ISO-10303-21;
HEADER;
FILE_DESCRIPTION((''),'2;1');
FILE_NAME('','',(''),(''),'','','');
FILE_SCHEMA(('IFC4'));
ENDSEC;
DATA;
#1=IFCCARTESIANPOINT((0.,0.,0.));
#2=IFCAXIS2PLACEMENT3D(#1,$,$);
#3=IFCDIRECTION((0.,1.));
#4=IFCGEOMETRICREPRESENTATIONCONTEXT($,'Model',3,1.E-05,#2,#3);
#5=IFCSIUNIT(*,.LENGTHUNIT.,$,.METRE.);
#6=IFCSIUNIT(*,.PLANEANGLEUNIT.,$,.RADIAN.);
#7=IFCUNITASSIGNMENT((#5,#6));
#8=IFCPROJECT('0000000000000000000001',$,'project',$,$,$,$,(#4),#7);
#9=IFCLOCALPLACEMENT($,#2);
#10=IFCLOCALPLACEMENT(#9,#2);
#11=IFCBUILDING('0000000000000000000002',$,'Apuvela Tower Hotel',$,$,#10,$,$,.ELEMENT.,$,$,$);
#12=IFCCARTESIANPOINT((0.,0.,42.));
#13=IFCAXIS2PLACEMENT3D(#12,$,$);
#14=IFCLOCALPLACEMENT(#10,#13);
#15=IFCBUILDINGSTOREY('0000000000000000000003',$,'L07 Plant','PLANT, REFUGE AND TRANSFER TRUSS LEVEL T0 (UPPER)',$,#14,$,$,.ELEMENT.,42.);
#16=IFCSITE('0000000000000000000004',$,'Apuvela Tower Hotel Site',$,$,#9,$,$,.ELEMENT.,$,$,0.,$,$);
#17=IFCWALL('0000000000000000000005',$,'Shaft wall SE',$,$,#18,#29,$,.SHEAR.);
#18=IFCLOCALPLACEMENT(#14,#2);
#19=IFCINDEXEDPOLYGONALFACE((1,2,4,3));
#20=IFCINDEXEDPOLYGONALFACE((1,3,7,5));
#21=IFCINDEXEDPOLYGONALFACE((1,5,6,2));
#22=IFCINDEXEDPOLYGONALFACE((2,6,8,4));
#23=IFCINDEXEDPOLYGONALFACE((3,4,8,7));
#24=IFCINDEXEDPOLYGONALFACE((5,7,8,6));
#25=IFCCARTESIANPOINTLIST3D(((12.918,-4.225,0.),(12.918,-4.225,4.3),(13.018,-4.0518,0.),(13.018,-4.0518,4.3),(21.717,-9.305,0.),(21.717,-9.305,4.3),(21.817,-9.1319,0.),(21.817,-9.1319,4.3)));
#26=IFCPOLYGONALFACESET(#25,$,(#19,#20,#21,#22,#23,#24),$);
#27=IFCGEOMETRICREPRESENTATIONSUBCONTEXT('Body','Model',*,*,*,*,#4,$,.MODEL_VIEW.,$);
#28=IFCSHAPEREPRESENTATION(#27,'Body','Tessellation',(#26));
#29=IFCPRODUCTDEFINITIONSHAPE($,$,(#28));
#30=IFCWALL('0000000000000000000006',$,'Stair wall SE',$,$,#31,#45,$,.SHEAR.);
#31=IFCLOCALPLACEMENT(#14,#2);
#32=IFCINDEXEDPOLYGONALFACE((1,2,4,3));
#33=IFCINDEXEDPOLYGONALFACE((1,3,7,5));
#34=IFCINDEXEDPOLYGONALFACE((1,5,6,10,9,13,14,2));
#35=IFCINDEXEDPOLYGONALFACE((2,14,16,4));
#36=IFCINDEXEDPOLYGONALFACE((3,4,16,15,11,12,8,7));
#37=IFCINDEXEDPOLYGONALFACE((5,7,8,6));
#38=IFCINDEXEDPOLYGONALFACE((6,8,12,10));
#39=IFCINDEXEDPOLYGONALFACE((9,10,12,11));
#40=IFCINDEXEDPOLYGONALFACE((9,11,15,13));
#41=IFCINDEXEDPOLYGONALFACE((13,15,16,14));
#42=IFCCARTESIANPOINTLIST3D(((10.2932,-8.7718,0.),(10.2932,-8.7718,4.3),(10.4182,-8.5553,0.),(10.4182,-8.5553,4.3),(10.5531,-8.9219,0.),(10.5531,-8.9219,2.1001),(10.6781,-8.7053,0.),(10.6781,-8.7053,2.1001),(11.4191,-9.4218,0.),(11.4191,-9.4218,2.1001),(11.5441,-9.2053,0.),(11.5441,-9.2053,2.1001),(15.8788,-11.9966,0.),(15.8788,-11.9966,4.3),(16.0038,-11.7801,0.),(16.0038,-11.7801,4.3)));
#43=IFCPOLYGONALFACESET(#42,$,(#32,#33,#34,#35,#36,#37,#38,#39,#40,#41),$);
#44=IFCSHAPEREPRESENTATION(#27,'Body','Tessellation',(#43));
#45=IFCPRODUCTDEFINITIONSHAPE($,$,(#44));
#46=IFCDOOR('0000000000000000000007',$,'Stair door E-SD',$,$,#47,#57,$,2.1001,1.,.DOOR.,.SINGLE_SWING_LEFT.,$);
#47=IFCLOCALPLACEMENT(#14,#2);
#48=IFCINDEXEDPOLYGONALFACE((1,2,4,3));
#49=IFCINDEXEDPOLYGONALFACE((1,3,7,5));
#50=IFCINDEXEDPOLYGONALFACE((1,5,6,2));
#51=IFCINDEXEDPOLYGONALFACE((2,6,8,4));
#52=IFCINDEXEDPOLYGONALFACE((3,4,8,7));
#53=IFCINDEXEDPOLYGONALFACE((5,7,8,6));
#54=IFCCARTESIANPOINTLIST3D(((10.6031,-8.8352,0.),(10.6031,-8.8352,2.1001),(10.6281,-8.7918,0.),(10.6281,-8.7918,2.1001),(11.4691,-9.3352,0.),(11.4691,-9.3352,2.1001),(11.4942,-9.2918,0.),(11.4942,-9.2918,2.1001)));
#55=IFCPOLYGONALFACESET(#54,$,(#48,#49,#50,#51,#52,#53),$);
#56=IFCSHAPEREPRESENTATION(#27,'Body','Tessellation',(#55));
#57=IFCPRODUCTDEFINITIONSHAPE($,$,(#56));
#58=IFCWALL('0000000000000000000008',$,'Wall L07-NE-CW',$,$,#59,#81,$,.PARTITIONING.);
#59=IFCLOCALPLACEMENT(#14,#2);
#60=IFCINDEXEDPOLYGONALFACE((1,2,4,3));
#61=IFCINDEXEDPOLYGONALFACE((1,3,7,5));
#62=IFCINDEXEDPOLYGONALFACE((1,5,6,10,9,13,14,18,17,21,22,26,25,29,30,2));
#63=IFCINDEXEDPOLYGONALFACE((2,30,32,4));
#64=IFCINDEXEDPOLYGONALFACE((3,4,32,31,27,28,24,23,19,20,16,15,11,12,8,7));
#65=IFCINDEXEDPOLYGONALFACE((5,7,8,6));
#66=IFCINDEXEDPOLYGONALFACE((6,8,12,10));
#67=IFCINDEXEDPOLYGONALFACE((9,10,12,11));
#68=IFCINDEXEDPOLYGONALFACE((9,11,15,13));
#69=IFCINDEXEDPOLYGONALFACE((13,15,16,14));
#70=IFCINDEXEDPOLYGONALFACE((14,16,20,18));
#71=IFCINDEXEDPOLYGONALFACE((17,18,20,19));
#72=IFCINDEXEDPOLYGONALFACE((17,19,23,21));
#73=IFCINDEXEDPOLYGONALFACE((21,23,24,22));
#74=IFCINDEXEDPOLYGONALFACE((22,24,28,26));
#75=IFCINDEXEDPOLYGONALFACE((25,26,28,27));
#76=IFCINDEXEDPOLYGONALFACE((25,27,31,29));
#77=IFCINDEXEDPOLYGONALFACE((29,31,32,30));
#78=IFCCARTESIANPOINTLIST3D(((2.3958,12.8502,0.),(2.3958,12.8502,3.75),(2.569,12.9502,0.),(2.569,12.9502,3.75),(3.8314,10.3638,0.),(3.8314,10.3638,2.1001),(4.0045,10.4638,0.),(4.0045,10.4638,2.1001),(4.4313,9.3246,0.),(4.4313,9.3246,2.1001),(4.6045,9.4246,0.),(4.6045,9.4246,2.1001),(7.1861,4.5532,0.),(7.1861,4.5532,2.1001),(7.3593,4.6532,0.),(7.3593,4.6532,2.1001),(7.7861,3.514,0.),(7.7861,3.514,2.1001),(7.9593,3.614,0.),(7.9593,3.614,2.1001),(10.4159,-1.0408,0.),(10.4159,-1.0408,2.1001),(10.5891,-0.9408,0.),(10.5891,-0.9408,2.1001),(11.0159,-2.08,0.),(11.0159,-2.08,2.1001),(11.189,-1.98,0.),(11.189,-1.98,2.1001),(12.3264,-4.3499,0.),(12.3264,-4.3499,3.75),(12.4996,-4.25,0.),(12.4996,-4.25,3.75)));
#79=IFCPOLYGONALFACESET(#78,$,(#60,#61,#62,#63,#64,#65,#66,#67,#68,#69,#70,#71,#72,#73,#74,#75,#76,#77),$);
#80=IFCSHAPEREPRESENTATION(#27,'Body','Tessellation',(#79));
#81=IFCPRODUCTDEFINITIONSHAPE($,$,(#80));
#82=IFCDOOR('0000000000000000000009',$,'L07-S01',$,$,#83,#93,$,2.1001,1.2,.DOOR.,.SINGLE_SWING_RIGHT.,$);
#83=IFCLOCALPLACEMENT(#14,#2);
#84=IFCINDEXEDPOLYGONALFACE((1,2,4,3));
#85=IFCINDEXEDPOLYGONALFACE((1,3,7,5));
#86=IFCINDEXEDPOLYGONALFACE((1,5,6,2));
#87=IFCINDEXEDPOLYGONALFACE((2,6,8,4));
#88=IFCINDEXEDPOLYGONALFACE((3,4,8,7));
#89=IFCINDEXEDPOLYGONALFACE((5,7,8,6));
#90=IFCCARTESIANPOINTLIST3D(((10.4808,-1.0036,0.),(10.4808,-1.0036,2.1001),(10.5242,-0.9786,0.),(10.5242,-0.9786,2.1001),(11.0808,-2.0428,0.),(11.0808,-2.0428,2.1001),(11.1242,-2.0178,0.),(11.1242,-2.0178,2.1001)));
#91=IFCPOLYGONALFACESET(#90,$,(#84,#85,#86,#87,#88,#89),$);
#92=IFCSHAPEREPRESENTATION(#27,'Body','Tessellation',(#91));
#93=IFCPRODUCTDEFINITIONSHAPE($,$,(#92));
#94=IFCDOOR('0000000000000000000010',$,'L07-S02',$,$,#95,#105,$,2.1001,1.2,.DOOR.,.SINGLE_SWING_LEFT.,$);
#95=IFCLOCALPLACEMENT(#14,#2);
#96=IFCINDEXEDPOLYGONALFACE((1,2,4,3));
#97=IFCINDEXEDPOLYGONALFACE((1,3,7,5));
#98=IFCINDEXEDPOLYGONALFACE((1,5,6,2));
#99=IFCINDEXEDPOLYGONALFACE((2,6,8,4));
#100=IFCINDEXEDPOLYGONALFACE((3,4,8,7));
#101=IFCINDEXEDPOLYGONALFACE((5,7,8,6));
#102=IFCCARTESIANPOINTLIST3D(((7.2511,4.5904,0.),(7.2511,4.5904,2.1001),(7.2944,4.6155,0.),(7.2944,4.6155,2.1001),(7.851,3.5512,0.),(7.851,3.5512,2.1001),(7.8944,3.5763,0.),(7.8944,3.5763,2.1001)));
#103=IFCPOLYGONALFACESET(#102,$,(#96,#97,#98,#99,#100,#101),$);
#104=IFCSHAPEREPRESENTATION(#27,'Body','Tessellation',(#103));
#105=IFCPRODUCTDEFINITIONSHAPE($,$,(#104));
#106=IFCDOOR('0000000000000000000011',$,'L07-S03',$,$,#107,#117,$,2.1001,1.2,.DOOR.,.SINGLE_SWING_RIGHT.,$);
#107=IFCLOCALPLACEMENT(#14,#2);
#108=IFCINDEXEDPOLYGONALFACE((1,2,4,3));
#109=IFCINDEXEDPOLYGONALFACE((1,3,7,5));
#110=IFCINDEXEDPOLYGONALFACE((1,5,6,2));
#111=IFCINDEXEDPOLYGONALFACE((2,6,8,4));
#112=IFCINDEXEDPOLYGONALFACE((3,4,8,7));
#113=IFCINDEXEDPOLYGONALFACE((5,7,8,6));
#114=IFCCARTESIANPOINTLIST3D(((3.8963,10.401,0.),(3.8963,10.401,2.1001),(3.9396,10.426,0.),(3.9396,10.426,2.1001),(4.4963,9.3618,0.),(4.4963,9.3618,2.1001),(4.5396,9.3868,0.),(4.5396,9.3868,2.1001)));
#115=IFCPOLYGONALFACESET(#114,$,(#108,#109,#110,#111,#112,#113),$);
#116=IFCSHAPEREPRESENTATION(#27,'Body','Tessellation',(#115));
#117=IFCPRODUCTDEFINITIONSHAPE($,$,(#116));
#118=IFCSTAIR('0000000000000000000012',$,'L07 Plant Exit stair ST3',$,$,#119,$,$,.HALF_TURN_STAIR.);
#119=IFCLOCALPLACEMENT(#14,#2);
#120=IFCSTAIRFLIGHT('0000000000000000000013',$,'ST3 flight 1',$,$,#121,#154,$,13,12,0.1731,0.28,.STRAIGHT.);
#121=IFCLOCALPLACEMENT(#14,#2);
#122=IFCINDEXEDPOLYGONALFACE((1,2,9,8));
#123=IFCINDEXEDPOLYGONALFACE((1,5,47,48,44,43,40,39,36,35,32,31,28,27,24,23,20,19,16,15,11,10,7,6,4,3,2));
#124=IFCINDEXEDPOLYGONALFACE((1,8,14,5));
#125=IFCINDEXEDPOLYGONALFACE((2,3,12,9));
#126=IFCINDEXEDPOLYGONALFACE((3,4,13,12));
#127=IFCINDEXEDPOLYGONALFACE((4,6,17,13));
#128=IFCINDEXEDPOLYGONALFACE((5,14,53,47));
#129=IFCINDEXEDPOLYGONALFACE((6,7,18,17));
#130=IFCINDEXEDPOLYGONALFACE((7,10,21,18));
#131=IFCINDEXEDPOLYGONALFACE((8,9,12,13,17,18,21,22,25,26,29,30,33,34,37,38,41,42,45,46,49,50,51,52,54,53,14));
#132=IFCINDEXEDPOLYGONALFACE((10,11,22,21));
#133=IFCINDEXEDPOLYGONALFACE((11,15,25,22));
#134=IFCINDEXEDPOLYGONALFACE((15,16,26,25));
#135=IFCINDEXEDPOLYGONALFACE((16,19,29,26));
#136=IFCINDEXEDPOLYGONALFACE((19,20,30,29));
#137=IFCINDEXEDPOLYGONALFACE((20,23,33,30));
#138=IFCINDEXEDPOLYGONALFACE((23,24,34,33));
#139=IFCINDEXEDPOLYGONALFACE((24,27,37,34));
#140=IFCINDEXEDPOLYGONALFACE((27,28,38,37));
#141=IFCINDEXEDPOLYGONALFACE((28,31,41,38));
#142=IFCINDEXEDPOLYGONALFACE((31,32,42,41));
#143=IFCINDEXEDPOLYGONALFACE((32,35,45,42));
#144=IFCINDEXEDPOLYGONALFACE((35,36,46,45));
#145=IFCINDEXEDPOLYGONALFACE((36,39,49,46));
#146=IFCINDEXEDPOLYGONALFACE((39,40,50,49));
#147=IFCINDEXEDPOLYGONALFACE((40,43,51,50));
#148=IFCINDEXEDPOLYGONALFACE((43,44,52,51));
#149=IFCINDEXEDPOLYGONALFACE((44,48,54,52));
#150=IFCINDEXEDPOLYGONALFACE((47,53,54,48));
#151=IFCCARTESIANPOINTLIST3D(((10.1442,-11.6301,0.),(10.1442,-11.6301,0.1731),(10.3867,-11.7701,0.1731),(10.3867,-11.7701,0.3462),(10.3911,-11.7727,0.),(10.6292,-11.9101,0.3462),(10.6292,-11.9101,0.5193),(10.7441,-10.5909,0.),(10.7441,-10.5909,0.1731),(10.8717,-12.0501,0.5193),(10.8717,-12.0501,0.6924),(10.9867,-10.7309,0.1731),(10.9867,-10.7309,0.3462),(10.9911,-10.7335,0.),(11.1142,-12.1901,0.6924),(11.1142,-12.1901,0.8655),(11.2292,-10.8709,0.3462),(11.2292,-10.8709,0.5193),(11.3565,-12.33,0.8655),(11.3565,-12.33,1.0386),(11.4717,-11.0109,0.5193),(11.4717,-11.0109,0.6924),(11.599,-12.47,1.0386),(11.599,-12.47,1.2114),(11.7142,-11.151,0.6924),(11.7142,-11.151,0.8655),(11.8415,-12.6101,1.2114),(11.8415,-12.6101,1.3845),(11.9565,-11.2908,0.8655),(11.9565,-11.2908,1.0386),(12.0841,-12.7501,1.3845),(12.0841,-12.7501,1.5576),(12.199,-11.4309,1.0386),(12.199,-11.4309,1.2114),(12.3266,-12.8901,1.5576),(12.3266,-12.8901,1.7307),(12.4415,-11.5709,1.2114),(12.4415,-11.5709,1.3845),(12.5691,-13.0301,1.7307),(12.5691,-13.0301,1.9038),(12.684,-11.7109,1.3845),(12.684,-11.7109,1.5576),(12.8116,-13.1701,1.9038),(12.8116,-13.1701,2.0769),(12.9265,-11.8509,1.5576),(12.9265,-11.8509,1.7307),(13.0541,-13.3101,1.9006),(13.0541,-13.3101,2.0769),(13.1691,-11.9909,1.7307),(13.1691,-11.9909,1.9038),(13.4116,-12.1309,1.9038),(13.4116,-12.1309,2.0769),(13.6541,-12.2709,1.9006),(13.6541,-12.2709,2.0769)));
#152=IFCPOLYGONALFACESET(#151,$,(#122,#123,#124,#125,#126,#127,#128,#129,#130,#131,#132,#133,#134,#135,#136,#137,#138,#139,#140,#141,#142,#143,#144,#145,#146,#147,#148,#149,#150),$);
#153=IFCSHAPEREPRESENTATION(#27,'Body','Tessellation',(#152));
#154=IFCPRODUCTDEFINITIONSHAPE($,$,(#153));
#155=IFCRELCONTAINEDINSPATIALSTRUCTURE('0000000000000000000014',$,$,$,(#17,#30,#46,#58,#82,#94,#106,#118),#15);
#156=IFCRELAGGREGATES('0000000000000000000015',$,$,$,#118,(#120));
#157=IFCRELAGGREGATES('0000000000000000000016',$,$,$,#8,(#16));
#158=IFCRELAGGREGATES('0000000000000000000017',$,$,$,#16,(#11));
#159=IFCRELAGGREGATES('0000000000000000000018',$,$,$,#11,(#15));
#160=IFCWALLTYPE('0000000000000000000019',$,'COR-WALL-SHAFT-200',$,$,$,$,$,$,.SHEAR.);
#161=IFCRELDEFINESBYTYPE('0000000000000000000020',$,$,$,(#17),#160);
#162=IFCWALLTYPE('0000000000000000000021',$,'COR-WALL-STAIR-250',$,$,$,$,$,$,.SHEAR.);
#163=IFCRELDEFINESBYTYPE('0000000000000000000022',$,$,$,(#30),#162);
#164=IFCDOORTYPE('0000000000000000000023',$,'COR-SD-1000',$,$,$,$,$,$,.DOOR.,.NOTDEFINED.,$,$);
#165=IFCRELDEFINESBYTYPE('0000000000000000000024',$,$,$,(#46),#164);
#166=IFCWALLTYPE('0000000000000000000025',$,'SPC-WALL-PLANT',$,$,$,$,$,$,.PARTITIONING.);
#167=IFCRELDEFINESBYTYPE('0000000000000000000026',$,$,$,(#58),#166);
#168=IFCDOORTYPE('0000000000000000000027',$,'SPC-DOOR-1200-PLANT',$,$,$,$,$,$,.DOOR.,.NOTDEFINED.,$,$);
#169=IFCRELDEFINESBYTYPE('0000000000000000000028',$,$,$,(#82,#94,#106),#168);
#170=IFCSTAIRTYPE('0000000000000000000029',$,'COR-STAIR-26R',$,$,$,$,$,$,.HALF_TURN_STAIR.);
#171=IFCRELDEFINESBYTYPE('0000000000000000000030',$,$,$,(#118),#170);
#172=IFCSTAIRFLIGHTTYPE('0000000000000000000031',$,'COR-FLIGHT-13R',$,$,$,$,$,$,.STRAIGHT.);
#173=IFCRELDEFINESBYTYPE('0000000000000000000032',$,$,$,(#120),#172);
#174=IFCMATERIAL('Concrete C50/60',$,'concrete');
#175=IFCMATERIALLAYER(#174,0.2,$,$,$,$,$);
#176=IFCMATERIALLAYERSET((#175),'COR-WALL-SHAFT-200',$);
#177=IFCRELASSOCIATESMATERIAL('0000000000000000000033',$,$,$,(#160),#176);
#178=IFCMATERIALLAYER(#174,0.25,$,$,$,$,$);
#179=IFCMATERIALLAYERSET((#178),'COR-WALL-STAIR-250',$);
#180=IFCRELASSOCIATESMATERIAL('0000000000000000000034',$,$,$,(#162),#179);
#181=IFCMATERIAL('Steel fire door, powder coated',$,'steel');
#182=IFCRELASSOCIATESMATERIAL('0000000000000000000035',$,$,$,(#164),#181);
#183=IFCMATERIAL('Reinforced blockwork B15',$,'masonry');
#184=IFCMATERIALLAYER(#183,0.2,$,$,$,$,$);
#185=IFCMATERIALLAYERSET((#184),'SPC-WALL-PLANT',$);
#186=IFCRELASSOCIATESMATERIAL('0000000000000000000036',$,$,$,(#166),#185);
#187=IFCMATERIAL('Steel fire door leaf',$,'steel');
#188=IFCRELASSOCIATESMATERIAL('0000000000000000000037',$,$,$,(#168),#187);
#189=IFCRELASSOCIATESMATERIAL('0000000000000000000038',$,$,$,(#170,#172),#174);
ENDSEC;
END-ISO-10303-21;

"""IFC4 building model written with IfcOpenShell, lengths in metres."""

from ifc_helpers import new_model, si_unit, direction, frame, frame_2d, origin, place, context, subcontext, project, spatial, polyline, rectangle, outline, extrude, material, layer, layer_set, type_object, element, fill, aggregate, save


model = new_model("IFC4")

# Units and contexts
model_context = context("Model", 3, precision=1e-05, world=origin(), true_north=direction((0.0, 1.0)))
body_context = subcontext(model_context, "Body", "Model", "MODEL_VIEW")
ifc_project = project(units=[si_unit("LENGTHUNIT", "METRE"), si_unit("PLANEANGLEUNIT", "RADIAN")], contexts=[model_context])

# Site, building, storey
site_placement = place(None, origin())
site = spatial("IfcSite", under=ifc_project, at=site_placement, Name="Apuvela Tower Hotel Site", CompositionType="ELEMENT", RefElevation=0.0)
building_placement = place(site_placement, origin())
building = spatial("IfcBuilding", under=site, at=building_placement, Name="Apuvela Tower Hotel", CompositionType="ELEMENT")
storey_placement = place(building_placement, frame((0.0, 0.0, 42.0)))
storey = spatial("IfcBuildingStorey", under=building, at=storey_placement, Name="L07 Plant", Description="PLANT, REFUGE AND TRANSFER TRUSS LEVEL T0 (UPPER)", CompositionType="ELEMENT", Elevation=42.0)

# Shared definitions
ifc_material_1 = material(Name="Concrete C50/60", Category="concrete")
ifc_material_2 = material(Name="Steel fire door, powder coated", Category="steel")

# Shared definitions
ifc_layer_1 = layer(ifc_material_1, 0.2)
ifc_layer_set_1 = layer_set([ifc_layer_1], Name="COR-WALL-SHAFT-200")
wall_type_1 = type_object("IfcWallType", Name="COR-WALL-SHAFT-200", PredefinedType="SHEAR", material=ifc_layer_set_1)

# Wall
wall_1_placement = place(storey_placement, frame((12.968, -4.1384, 0.0), z_axis=(0.0, 0.0, 1.0), x_axis=(0.866028, -0.499995, 0.0)))
element("IfcWall", 1, at=wall_1_placement, inside=storey, type_object=wall_type_1, Name="Shaft wall SE", PredefinedType="SHEAR", context=body_context, shape_type="SweptSolid", body=[
    extrude(rectangle(XDim=10.1602, YDim=0.2, at=frame_2d((5.0801, 0.0))), origin(), (0.0, 0.0, 1.0), 4.3),
])

# Wall, opening, door
ifc_layer_2 = layer(ifc_material_1, 0.25)
ifc_layer_set_2 = layer_set([ifc_layer_2], Name="COR-WALL-STAIR-250")
wall_type_2 = type_object("IfcWallType", Name="COR-WALL-STAIR-250", PredefinedType="SHEAR", material=ifc_layer_set_2)
wall_2_placement = place(storey_placement, frame((10.3557, -8.6636, 0.0), z_axis=(0.0, 0.0, 1.0), x_axis=(0.866029, -0.499994, 0.0)))
wall_2 = element("IfcWall", 2, at=wall_2_placement, inside=storey, type_object=wall_type_2, Name="Stair wall SE", PredefinedType="SHEAR", context=body_context, shape_type="SweptSolid", body=[
    extrude(rectangle(XDim=6.4497, YDim=0.25, at=frame_2d((3.2249, 0.0))), origin(), (0.0, 0.0, 1.0), 4.3),
])
opening_1_placement = place(wall_2_placement, frame((0.3, 0.0, 0.0)))
opening_1 = element("IfcOpeningElement", 3, at=opening_1_placement, cuts=wall_2, PredefinedType="OPENING", context=body_context, shape_type="SweptSolid", body=[
    extrude(rectangle(XDim=1.0, YDim=2.1001, at=frame_2d((0.5, 1.05))), frame((0.0, 0.135, 0.0), z_axis=(0.0, -1.0, 0.0), x_axis=(1.0, 0.0, 0.0)), (0.0, 0.0, 1.0), 0.27),
])
door_type_1 = type_object("IfcDoorType", Name="COR-SD-1000", OperationType="NOTDEFINED", PredefinedType="DOOR", material=ifc_material_2)
door_1_placement = place(opening_1_placement, frame((1.0, 0.0, 0.0), z_axis=(0.0, 0.0, 1.0), x_axis=(-1.0, 0.0, 0.0)))
door_1 = element("IfcDoor", 4, at=door_1_placement, inside=storey, type_object=door_type_1, Name="Stair door E-SD", OperationType="SINGLE_SWING_LEFT", OverallHeight=2.1001, OverallWidth=1.0, PredefinedType="DOOR", context=body_context, shape_type="SweptSolid", body=[
    extrude(rectangle(XDim=1.0, YDim=2.1001, at=frame_2d((0.5, 1.05))), frame((0.0, 0.0249, 0.0), z_axis=(0.0, -1.0, 0.0), x_axis=(1.0, 0.0, 0.0)), (0.0, 0.0, 1.0), 0.05),
])
fill(opening_1, door_1)

# Wall, openings, doors
ifc_material_3 = material(Name="Reinforced blockwork B15", Category="masonry")
ifc_layer_3 = layer(ifc_material_3, 0.2)
ifc_layer_set_3 = layer_set([ifc_layer_3], Name="SPC-WALL-PLANT")
wall_type_3 = type_object("IfcWallType", Name="SPC-WALL-PLANT", PredefinedType="PARTITIONING", material=ifc_layer_set_3)
wall_3_placement = place(storey_placement, frame((12.4131, -4.3, 0.0), z_axis=(0.0, 0.0, 1.0), x_axis=(-0.500005, 0.866023, 0.0)))
wall_3 = element("IfcWall", 5, at=wall_3_placement, inside=storey, type_object=wall_type_3, Name="Wall L07-NE-CW", PredefinedType="PARTITIONING", context=body_context, shape_type="SweptSolid", body=[
    extrude(rectangle(XDim=19.8611, YDim=0.2, at=frame_2d((9.9307, 0.0))), origin(), (0.0, 0.0, 1.0), 3.75),
])
opening_2_placement = place(wall_3_placement, frame((2.6211, 0.0, 0.0)))
opening_2 = element("IfcOpeningElement", 6, at=opening_2_placement, cuts=wall_3, PredefinedType="OPENING", context=body_context, shape_type="SweptSolid", body=[
    extrude(rectangle(XDim=1.2, YDim=2.1001, at=frame_2d((0.6001, 1.05))), frame((0.0, 0.1099, 0.0), z_axis=(0.0, -1.0, 0.0), x_axis=(1.0, 0.0, 0.0)), (0.0, 0.0, 1.0), 0.22),
])
opening_3_placement = place(wall_3_placement, frame((9.0806, 0.0, 0.0)))
opening_3 = element("IfcOpeningElement", 7, at=opening_3_placement, cuts=wall_3, PredefinedType="OPENING", context=body_context, shape_type="SweptSolid", body=[
    extrude(rectangle(XDim=1.2, YDim=2.1001, at=frame_2d((0.6001, 1.05))), frame((0.0, 0.1099, 0.0), z_axis=(0.0, -1.0, 0.0), x_axis=(1.0, 0.0, 0.0)), (0.0, 0.0, 1.0), 0.22),
])
opening_4_placement = place(wall_3_placement, frame((15.79, 0.0, 0.0)))
opening_4 = element("IfcOpeningElement", 8, at=opening_4_placement, cuts=wall_3, PredefinedType="OPENING", context=body_context, shape_type="SweptSolid", body=[
    extrude(rectangle(XDim=1.2, YDim=2.1001, at=frame_2d((0.6001, 1.05))), frame((0.0, 0.1099, 0.0), z_axis=(0.0, -1.0, 0.0), x_axis=(1.0, 0.0, 0.0)), (0.0, 0.0, 1.0), 0.22),
])
ifc_material_4 = material(Name="Steel fire door leaf", Category="steel")
door_type_2 = type_object("IfcDoorType", Name="SPC-DOOR-1200-PLANT", OperationType="NOTDEFINED", PredefinedType="DOOR", material=ifc_material_4)
door_2_placement = place(opening_2_placement, frame((1.2, 0.0, 0.0), z_axis=(0.0, 0.0, 1.0), x_axis=(-1.0, 0.0, 0.0)))
door_2 = element("IfcDoor", 9, at=door_2_placement, inside=storey, type_object=door_type_2, Name="L07-S01", OperationType="SINGLE_SWING_RIGHT", OverallHeight=2.1001, OverallWidth=1.2, PredefinedType="DOOR", context=body_context, shape_type="SweptSolid", body=[
    extrude(rectangle(XDim=1.2, YDim=2.1001, at=frame_2d((0.6001, 1.05))), frame((0.0, 0.0249, 0.0), z_axis=(0.0, -1.0, 0.0), x_axis=(1.0, 0.0, 0.0)), (0.0, 0.0, 1.0), 0.05),
])
fill(opening_2, door_2)
door_3_placement = place(opening_3_placement, frame((1.2, 0.0, 0.0), z_axis=(0.0, 0.0, 1.0), x_axis=(-1.0, 0.0, 0.0)))
door_3 = element("IfcDoor", 10, at=door_3_placement, inside=storey, type_object=door_type_2, Name="L07-S02", OperationType="SINGLE_SWING_LEFT", OverallHeight=2.1001, OverallWidth=1.2, PredefinedType="DOOR", context=body_context, shape_type="SweptSolid", body=[
    extrude(rectangle(XDim=1.2, YDim=2.1001, at=frame_2d((0.6001, 1.05))), frame((0.0, 0.0249, 0.0), z_axis=(0.0, -1.0, 0.0), x_axis=(1.0, 0.0, 0.0)), (0.0, 0.0, 1.0), 0.05),
])
fill(opening_3, door_3)
door_4_placement = place(opening_4_placement, frame((1.2, 0.0, 0.0), z_axis=(0.0, 0.0, 1.0), x_axis=(-1.0, 0.0, 0.0)))
door_4 = element("IfcDoor", 11, at=door_4_placement, inside=storey, type_object=door_type_2, Name="L07-S03", OperationType="SINGLE_SWING_RIGHT", OverallHeight=2.1001, OverallWidth=1.2, PredefinedType="DOOR", context=body_context, shape_type="SweptSolid", body=[
    extrude(rectangle(XDim=1.2, YDim=2.1001, at=frame_2d((0.6001, 1.05))), frame((0.0, 0.0249, 0.0), z_axis=(0.0, -1.0, 0.0), x_axis=(1.0, 0.0, 0.0)), (0.0, 0.0, 1.0), 0.05),
])
fill(opening_4, door_4)

# Stair, stair flight
stair_type = type_object("IfcStairType", Name="COR-STAIR-26R", PredefinedType="HALF_TURN_STAIR", material=ifc_material_1)
stair_placement = place(storey_placement, origin())
stair = element("IfcStair", 12, at=stair_placement, inside=storey, type_object=stair_type, Name="L07 Plant Exit stair ST3", PredefinedType="HALF_TURN_STAIR")
stair_flight_type = type_object("IfcStairFlightType", Name="COR-FLIGHT-13R", PredefinedType="STRAIGHT", material=ifc_material_1)
stair_flight_1_placement = place(storey_placement, frame((10.4441, -11.1106, 0.0), z_axis=(0.0, 0.0, 1.0), x_axis=(0.866025, -0.5, 0.0)))
stair_flight_1 = element("IfcStairFlight", 13, at=stair_flight_1_placement, type_object=stair_flight_type, Name="ST3 flight 1", NumberOfRisers=13, NumberOfTreads=12, PredefinedType="STRAIGHT", RiserHeight=0.1731, TreadLength=0.28, context=body_context, shape_type="SweptSolid", body=[
    extrude(outline(polyline([(0.0, 0.0), (0.0, 0.1731), (0.28, 0.1731), (0.28, 0.3462), (0.5601, 0.3462), (0.5601, 0.5193), (0.8401, 0.5193), (0.8401, 0.6924), (1.1201, 0.6924), (1.1201, 0.8655), (1.3999, 0.8655), (1.3999, 1.0386), (1.6799, 1.0386), (1.6799, 1.2114), (1.96, 1.2114), (1.96, 1.3845), (2.24, 1.3845), (2.24, 1.5576), (2.52, 1.5576), (2.52, 1.7307), (2.8, 1.7307), (2.8, 1.9038), (3.0801, 1.9038), (3.0801, 2.0769), (3.3601, 2.0769), (3.3601, 2.25), (3.3601, 1.9006), (0.2852, 0.0), (0.0, 0.0)])), frame((0.0, 0.6001, 0.0), z_axis=(0.0, -1.0, 0.0), x_axis=(1.0, 0.0, 0.0)), (0.0, 0.0, 1.0), 1.2),
])
aggregate(stair, [stair_flight_1])

save(model, "model.ifc")
